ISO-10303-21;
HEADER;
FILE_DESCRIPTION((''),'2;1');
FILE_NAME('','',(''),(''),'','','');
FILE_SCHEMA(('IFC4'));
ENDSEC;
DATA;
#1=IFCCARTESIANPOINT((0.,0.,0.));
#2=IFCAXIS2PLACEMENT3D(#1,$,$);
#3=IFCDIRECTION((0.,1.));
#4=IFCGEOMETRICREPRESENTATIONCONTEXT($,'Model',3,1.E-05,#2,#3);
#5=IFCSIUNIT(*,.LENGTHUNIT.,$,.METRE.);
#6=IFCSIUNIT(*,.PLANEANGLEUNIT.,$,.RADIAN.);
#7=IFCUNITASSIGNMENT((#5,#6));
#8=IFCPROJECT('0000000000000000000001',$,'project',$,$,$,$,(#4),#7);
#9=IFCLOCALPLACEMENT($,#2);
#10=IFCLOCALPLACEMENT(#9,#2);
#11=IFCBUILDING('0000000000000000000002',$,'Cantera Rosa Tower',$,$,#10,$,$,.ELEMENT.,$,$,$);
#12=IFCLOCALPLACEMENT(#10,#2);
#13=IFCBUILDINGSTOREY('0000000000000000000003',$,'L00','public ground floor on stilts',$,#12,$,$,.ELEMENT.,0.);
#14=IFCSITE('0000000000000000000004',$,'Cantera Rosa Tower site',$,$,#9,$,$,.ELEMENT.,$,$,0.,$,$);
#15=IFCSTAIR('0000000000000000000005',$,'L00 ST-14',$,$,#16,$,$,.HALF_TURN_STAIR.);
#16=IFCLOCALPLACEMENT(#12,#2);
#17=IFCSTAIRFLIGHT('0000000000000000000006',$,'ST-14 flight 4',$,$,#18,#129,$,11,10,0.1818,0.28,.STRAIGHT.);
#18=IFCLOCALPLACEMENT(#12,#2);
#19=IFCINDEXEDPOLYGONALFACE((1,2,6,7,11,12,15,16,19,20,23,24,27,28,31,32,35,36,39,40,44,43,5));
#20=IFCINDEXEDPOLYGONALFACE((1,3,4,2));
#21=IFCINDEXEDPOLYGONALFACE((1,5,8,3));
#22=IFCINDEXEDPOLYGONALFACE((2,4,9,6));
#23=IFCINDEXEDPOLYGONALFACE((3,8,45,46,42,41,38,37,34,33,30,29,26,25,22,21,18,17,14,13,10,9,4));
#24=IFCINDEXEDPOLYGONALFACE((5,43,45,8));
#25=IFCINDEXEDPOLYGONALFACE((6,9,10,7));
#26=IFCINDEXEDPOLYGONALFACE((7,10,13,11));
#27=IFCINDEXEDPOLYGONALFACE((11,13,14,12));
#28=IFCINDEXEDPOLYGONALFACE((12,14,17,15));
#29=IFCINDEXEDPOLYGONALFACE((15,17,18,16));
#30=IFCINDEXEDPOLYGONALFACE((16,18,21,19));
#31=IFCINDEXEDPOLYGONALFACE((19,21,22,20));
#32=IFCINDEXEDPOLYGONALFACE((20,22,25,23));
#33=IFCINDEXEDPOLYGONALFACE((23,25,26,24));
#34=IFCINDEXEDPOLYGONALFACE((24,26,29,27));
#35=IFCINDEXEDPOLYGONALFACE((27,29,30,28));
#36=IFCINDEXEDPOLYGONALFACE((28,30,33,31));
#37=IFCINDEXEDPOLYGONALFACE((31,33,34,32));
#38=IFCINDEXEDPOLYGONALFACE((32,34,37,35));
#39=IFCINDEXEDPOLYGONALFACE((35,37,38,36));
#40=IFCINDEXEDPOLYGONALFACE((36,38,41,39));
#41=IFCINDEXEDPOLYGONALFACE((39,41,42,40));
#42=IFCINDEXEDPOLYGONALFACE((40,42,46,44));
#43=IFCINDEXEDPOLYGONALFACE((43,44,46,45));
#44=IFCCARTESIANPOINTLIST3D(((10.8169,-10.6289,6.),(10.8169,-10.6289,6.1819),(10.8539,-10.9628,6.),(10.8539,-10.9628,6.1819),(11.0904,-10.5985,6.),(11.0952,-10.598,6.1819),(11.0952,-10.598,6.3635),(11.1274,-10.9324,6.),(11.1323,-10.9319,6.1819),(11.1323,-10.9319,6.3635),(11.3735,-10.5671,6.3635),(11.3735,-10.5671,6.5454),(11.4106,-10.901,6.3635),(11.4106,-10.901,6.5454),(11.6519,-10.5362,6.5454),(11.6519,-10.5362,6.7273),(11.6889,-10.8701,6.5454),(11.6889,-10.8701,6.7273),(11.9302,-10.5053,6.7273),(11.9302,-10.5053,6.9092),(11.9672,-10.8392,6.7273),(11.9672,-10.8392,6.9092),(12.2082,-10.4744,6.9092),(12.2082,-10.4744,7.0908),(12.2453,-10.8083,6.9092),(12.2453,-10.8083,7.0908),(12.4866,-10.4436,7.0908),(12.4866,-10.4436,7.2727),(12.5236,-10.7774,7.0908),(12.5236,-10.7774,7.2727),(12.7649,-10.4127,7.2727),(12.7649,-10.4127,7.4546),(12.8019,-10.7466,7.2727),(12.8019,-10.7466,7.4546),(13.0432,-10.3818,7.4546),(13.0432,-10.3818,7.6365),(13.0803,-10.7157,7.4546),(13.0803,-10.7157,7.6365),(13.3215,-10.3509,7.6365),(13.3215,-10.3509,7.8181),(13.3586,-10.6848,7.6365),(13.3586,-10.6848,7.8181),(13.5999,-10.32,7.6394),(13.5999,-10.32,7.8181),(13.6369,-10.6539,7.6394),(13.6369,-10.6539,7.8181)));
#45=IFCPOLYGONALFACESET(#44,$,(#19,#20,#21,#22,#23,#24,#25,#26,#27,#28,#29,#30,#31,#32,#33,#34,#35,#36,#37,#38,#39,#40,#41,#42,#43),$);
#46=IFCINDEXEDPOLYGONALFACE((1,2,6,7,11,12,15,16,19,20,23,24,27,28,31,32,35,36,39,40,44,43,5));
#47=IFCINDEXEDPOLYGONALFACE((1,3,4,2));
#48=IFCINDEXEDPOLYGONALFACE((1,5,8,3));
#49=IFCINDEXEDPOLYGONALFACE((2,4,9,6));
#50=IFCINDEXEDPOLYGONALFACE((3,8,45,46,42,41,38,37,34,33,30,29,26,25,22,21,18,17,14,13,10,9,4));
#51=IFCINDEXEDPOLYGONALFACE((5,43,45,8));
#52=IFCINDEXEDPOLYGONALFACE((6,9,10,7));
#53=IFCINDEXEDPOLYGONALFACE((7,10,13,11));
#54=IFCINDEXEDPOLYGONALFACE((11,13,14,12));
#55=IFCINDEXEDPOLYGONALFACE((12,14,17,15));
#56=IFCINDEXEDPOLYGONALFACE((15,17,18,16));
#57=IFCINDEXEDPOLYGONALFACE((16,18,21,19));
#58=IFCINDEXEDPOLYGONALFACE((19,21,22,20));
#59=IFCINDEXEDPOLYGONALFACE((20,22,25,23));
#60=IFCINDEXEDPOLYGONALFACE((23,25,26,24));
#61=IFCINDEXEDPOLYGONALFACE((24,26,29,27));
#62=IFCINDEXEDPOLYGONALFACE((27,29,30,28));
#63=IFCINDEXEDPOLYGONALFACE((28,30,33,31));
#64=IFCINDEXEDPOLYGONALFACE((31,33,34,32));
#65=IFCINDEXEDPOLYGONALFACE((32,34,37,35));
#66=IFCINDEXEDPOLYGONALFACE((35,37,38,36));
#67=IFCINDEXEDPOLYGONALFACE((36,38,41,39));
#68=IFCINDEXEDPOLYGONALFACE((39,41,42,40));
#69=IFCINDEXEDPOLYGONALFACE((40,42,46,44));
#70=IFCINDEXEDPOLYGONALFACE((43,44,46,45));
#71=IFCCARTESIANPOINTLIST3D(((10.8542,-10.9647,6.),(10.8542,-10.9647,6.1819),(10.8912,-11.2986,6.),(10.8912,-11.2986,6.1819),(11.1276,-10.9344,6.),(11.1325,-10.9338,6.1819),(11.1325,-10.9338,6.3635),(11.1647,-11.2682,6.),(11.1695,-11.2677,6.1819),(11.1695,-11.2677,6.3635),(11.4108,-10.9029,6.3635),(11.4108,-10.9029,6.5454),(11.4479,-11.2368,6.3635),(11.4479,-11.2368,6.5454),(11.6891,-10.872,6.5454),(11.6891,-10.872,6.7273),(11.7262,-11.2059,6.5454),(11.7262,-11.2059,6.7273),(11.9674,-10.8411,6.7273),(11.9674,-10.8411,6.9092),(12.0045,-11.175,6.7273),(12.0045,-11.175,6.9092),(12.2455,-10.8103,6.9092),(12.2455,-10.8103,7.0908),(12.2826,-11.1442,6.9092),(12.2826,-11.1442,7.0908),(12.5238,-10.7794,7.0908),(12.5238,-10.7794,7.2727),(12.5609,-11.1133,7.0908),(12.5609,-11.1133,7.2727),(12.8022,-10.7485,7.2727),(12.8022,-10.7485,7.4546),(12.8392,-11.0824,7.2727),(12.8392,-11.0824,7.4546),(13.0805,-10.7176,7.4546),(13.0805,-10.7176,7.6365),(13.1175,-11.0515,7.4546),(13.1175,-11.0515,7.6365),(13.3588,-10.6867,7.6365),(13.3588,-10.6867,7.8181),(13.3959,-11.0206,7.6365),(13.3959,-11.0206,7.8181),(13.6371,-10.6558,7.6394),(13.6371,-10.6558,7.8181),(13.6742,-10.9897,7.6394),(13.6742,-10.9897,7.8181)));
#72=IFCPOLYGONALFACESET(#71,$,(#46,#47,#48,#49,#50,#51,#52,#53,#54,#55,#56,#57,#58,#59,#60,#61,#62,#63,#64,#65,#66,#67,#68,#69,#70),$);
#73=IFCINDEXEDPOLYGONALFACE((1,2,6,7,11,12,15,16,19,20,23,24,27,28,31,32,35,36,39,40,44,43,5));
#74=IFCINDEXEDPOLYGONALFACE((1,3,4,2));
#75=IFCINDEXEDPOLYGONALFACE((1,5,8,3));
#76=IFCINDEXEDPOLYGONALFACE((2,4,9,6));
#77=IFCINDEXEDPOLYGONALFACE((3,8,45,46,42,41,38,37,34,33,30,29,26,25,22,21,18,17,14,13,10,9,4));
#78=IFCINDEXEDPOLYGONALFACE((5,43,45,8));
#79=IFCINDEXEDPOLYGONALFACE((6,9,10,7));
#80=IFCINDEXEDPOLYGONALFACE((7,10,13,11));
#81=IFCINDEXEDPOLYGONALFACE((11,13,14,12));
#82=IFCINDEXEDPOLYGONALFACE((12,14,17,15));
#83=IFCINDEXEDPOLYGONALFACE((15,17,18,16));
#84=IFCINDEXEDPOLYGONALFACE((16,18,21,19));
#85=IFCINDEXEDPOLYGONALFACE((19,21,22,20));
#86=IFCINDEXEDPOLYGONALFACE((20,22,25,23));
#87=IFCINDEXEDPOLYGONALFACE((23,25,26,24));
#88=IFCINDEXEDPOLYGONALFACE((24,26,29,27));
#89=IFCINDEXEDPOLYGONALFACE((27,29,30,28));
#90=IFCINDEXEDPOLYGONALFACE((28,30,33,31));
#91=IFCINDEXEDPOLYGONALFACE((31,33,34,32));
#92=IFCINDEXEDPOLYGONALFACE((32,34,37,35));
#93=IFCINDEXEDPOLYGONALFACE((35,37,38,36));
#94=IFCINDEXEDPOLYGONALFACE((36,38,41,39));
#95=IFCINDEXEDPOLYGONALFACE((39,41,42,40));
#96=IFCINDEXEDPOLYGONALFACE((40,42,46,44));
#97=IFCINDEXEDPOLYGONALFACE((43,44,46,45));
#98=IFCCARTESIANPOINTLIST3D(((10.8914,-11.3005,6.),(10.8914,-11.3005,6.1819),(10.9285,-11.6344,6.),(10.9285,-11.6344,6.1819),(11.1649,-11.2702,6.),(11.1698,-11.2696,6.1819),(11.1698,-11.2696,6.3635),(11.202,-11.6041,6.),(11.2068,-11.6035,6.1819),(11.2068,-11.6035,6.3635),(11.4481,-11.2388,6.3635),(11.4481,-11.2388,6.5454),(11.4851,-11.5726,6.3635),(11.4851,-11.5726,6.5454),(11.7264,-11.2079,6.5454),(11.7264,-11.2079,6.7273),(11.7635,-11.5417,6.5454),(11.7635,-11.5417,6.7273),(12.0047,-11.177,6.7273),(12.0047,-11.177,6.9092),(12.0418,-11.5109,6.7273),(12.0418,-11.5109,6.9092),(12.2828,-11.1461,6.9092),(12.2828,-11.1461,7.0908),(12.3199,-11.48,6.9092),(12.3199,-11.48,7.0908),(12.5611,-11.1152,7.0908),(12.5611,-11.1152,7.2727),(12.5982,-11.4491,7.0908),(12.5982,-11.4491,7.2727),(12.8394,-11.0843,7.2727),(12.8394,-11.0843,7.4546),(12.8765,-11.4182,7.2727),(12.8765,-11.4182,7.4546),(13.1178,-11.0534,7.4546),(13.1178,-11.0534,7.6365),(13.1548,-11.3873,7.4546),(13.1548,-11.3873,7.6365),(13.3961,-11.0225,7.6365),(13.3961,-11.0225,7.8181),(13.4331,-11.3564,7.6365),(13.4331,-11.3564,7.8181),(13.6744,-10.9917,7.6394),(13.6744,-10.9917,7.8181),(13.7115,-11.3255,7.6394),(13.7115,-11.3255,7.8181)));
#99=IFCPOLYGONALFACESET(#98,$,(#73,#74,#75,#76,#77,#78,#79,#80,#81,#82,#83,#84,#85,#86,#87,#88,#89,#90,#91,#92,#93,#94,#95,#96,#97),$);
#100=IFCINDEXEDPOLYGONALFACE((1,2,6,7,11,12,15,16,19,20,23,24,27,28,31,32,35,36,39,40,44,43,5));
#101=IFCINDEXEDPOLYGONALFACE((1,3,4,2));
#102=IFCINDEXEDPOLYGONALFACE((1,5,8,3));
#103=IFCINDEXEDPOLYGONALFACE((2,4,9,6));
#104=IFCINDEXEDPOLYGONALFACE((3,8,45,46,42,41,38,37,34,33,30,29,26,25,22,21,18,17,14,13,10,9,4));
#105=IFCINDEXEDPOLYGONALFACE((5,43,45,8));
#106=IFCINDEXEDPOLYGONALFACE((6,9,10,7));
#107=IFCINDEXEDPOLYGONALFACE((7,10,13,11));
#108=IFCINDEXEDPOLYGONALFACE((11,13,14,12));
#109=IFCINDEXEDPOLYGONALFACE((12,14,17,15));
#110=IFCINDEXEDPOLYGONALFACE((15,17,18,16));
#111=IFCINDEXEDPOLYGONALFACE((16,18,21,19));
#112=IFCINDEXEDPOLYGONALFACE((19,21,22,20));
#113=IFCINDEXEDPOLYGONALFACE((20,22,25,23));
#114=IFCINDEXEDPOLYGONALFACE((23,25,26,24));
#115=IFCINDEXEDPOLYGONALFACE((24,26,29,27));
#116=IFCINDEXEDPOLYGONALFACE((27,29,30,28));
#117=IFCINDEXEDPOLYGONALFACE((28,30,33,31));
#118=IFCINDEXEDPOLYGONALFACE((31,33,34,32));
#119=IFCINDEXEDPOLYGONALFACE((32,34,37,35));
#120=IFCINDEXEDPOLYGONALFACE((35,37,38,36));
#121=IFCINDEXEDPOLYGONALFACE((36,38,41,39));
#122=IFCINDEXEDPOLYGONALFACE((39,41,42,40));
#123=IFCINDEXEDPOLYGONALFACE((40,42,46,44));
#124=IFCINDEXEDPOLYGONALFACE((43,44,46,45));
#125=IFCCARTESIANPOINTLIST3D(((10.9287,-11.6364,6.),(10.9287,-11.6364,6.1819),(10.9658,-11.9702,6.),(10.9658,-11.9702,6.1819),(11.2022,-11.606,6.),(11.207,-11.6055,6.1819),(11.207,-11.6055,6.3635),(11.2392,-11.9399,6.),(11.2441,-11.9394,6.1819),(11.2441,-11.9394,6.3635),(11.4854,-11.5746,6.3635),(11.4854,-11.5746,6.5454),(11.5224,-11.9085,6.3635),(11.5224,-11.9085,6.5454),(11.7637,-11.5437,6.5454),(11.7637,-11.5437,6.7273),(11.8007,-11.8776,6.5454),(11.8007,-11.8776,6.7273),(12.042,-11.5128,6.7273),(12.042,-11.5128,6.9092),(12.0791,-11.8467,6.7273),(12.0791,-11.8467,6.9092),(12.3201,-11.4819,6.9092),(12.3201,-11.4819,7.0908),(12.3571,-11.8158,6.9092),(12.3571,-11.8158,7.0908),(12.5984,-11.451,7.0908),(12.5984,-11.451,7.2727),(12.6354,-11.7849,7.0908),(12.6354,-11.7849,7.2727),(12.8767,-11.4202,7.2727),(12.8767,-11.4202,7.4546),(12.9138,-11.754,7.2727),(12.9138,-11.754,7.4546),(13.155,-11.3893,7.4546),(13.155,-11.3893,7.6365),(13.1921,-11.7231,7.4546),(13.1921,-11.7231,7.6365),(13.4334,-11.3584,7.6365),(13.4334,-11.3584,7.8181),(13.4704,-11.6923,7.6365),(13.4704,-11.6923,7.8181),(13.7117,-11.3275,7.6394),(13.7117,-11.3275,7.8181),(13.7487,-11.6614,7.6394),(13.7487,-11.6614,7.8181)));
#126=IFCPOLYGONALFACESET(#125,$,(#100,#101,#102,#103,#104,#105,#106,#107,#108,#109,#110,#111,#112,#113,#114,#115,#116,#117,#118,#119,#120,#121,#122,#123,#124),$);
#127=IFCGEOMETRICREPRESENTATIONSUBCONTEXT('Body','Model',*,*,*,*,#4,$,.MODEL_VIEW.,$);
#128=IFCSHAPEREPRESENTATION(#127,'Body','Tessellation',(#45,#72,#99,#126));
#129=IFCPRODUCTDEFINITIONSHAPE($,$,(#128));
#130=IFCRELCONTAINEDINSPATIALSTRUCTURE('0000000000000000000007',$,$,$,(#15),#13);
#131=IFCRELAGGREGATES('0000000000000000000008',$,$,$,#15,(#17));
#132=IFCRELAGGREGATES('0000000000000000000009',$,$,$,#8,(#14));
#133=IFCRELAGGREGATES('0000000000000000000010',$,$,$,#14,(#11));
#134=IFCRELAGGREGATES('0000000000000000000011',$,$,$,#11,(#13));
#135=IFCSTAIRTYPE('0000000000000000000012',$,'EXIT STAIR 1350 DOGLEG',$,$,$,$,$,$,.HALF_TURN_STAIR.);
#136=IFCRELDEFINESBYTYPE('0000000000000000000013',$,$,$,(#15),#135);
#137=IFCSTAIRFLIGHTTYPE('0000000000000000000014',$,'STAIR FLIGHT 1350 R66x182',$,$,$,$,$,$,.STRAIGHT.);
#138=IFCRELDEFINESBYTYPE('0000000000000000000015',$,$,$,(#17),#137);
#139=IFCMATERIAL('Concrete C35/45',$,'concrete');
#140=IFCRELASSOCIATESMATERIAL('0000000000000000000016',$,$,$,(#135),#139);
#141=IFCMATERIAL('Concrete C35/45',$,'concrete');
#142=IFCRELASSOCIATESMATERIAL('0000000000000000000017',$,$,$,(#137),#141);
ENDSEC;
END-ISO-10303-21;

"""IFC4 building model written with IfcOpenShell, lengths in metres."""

from ifc_helpers import new_model, si_unit, direction, frame, origin, place, context, subcontext, project, spatial, polyline, outline, extrude, material, type_object, element, aggregate, save


model = new_model("IFC4")

# Units and contexts
model_context = context("Model", 3, precision=1e-05, world=origin(), true_north=direction((0.0, 1.0)))
body_context = subcontext(model_context, "Body", "Model", "MODEL_VIEW")
ifc_project = project(units=[si_unit("LENGTHUNIT", "METRE"), si_unit("PLANEANGLEUNIT", "RADIAN")], contexts=[model_context])

# Site, building, storey
site_placement = place(None, origin())
site = spatial("IfcSite", under=ifc_project, at=site_placement, Name="Cantera Rosa Tower site", CompositionType="ELEMENT", RefElevation=0.0)
building_placement = place(site_placement, origin())
building = spatial("IfcBuilding", under=site, at=building_placement, Name="Cantera Rosa Tower", CompositionType="ELEMENT")
storey_placement = place(building_placement, origin())
storey = spatial("IfcBuildingStorey", under=building, at=storey_placement, Name="L00", Description="public ground floor on stilts", CompositionType="ELEMENT", Elevation=0.0)

# Stair, stair flight
ifc_material_1 = material(Name="Concrete C35/45", Category="concrete")
stair_type = type_object("IfcStairType", Name="EXIT STAIR 1350 DOGLEG", PredefinedType="HALF_TURN_STAIR", material=ifc_material_1)
stair_placement = place(storey_placement, origin())
stair = element("IfcStair", 1, at=stair_placement, inside=storey, type_object=stair_type, Name="L00 ST-14", PredefinedType="HALF_TURN_STAIR")
ifc_material_2 = material(Name="Concrete C35/45", Category="concrete")
stair_flight_type = type_object("IfcStairFlightType", Name="STAIR FLIGHT 1350 R66x182", PredefinedType="STRAIGHT", material=ifc_material_2)
stair_flight_1_placement = place(storey_placement, frame((10.8914, -11.2998, 6.0), z_axis=(0.0, 0.0, 1.0), x_axis=(0.993897, 0.110313, 0.0)))
stair_flight_1 = element("IfcStairFlight", 2, at=stair_flight_1_placement, type_object=stair_flight_type, Name="ST-14 flight 4", NumberOfRisers=11, NumberOfTreads=10, PredefinedType="STRAIGHT", RiserHeight=0.1818, TreadLength=0.28, context=body_context, shape_type="SweptSolid", body=[
    extrude(outline(polyline([(0.0, 0.0), (0.0, 0.1819), (0.28, 0.1819), (0.28, 0.3635), (0.5601, 0.3635), (0.5601, 0.5454), (0.8401, 0.5454), (0.8401, 0.7273), (1.1201, 0.7273), (1.1201, 0.9092), (1.3999, 0.9092), (1.3999, 1.0908), (1.6799, 1.0908), (1.6799, 1.2727), (1.96, 1.2727), (1.96, 1.4546), (2.24, 1.4546), (2.24, 1.6365), (2.52, 1.6365), (2.52, 1.8181), (2.8, 1.8181), (2.8, 2.0), (2.8, 1.6394), (0.2751, 0.0), (0.0, 0.0)])), frame((0.0, 0.675, 0.0), z_axis=(0.0, -1.0, 0.0), x_axis=(1.0, 0.0, 0.0)), (0.0, 0.0, 1.0), 0.3359),
    extrude(outline(polyline([(0.0, 0.0), (0.0, 0.1819), (0.28, 0.1819), (0.28, 0.3635), (0.5601, 0.3635), (0.5601, 0.5454), (0.8401, 0.5454), (0.8401, 0.7273), (1.1201, 0.7273), (1.1201, 0.9092), (1.3999, 0.9092), (1.3999, 1.0908), (1.6799, 1.0908), (1.6799, 1.2727), (1.96, 1.2727), (1.96, 1.4546), (2.24, 1.4546), (2.24, 1.6365), (2.52, 1.6365), (2.52, 1.8181), (2.8, 1.8181), (2.8, 2.0), (2.8, 1.6394), (0.2751, 0.0), (0.0, 0.0)])), frame((0.0, 0.3372, 0.0), z_axis=(0.0, -1.0, 0.0), x_axis=(1.0, 0.0, 0.0)), (0.0, 0.0, 1.0), 0.3359),
    extrude(outline(polyline([(0.0, 0.0), (0.0, 0.1819), (0.28, 0.1819), (0.28, 0.3635), (0.5601, 0.3635), (0.5601, 0.5454), (0.8401, 0.5454), (0.8401, 0.7273), (1.1201, 0.7273), (1.1201, 0.9092), (1.3999, 0.9092), (1.3999, 1.0908), (1.6799, 1.0908), (1.6799, 1.2727), (1.96, 1.2727), (1.96, 1.4546), (2.24, 1.4546), (2.24, 1.6365), (2.52, 1.6365), (2.52, 1.8181), (2.8, 1.8181), (2.8, 2.0), (2.8, 1.6394), (0.2751, 0.0), (0.0, 0.0)])), frame((0.0, -0.0007, 0.0), z_axis=(0.0, -1.0, 0.0), x_axis=(1.0, 0.0, 0.0)), (0.0, 0.0, 1.0), 0.3359),
    extrude(outline(polyline([(0.0, 0.0), (0.0, 0.1819), (0.28, 0.1819), (0.28, 0.3635), (0.5601, 0.3635), (0.5601, 0.5454), (0.8401, 0.5454), (0.8401, 0.7273), (1.1201, 0.7273), (1.1201, 0.9092), (1.3999, 0.9092), (1.3999, 1.0908), (1.6799, 1.0908), (1.6799, 1.2727), (1.96, 1.2727), (1.96, 1.4546), (2.24, 1.4546), (2.24, 1.6365), (2.52, 1.6365), (2.52, 1.8181), (2.8, 1.8181), (2.8, 2.0), (2.8, 1.6394), (0.2751, 0.0), (0.0, 0.0)])), frame((0.0, -0.3386, 0.0), z_axis=(0.0, -1.0, 0.0), x_axis=(1.0, 0.0, 0.0)), (0.0, 0.0, 1.0), 0.3359),
])
aggregate(stair, [stair_flight_1])

save(model, "model.ifc")
